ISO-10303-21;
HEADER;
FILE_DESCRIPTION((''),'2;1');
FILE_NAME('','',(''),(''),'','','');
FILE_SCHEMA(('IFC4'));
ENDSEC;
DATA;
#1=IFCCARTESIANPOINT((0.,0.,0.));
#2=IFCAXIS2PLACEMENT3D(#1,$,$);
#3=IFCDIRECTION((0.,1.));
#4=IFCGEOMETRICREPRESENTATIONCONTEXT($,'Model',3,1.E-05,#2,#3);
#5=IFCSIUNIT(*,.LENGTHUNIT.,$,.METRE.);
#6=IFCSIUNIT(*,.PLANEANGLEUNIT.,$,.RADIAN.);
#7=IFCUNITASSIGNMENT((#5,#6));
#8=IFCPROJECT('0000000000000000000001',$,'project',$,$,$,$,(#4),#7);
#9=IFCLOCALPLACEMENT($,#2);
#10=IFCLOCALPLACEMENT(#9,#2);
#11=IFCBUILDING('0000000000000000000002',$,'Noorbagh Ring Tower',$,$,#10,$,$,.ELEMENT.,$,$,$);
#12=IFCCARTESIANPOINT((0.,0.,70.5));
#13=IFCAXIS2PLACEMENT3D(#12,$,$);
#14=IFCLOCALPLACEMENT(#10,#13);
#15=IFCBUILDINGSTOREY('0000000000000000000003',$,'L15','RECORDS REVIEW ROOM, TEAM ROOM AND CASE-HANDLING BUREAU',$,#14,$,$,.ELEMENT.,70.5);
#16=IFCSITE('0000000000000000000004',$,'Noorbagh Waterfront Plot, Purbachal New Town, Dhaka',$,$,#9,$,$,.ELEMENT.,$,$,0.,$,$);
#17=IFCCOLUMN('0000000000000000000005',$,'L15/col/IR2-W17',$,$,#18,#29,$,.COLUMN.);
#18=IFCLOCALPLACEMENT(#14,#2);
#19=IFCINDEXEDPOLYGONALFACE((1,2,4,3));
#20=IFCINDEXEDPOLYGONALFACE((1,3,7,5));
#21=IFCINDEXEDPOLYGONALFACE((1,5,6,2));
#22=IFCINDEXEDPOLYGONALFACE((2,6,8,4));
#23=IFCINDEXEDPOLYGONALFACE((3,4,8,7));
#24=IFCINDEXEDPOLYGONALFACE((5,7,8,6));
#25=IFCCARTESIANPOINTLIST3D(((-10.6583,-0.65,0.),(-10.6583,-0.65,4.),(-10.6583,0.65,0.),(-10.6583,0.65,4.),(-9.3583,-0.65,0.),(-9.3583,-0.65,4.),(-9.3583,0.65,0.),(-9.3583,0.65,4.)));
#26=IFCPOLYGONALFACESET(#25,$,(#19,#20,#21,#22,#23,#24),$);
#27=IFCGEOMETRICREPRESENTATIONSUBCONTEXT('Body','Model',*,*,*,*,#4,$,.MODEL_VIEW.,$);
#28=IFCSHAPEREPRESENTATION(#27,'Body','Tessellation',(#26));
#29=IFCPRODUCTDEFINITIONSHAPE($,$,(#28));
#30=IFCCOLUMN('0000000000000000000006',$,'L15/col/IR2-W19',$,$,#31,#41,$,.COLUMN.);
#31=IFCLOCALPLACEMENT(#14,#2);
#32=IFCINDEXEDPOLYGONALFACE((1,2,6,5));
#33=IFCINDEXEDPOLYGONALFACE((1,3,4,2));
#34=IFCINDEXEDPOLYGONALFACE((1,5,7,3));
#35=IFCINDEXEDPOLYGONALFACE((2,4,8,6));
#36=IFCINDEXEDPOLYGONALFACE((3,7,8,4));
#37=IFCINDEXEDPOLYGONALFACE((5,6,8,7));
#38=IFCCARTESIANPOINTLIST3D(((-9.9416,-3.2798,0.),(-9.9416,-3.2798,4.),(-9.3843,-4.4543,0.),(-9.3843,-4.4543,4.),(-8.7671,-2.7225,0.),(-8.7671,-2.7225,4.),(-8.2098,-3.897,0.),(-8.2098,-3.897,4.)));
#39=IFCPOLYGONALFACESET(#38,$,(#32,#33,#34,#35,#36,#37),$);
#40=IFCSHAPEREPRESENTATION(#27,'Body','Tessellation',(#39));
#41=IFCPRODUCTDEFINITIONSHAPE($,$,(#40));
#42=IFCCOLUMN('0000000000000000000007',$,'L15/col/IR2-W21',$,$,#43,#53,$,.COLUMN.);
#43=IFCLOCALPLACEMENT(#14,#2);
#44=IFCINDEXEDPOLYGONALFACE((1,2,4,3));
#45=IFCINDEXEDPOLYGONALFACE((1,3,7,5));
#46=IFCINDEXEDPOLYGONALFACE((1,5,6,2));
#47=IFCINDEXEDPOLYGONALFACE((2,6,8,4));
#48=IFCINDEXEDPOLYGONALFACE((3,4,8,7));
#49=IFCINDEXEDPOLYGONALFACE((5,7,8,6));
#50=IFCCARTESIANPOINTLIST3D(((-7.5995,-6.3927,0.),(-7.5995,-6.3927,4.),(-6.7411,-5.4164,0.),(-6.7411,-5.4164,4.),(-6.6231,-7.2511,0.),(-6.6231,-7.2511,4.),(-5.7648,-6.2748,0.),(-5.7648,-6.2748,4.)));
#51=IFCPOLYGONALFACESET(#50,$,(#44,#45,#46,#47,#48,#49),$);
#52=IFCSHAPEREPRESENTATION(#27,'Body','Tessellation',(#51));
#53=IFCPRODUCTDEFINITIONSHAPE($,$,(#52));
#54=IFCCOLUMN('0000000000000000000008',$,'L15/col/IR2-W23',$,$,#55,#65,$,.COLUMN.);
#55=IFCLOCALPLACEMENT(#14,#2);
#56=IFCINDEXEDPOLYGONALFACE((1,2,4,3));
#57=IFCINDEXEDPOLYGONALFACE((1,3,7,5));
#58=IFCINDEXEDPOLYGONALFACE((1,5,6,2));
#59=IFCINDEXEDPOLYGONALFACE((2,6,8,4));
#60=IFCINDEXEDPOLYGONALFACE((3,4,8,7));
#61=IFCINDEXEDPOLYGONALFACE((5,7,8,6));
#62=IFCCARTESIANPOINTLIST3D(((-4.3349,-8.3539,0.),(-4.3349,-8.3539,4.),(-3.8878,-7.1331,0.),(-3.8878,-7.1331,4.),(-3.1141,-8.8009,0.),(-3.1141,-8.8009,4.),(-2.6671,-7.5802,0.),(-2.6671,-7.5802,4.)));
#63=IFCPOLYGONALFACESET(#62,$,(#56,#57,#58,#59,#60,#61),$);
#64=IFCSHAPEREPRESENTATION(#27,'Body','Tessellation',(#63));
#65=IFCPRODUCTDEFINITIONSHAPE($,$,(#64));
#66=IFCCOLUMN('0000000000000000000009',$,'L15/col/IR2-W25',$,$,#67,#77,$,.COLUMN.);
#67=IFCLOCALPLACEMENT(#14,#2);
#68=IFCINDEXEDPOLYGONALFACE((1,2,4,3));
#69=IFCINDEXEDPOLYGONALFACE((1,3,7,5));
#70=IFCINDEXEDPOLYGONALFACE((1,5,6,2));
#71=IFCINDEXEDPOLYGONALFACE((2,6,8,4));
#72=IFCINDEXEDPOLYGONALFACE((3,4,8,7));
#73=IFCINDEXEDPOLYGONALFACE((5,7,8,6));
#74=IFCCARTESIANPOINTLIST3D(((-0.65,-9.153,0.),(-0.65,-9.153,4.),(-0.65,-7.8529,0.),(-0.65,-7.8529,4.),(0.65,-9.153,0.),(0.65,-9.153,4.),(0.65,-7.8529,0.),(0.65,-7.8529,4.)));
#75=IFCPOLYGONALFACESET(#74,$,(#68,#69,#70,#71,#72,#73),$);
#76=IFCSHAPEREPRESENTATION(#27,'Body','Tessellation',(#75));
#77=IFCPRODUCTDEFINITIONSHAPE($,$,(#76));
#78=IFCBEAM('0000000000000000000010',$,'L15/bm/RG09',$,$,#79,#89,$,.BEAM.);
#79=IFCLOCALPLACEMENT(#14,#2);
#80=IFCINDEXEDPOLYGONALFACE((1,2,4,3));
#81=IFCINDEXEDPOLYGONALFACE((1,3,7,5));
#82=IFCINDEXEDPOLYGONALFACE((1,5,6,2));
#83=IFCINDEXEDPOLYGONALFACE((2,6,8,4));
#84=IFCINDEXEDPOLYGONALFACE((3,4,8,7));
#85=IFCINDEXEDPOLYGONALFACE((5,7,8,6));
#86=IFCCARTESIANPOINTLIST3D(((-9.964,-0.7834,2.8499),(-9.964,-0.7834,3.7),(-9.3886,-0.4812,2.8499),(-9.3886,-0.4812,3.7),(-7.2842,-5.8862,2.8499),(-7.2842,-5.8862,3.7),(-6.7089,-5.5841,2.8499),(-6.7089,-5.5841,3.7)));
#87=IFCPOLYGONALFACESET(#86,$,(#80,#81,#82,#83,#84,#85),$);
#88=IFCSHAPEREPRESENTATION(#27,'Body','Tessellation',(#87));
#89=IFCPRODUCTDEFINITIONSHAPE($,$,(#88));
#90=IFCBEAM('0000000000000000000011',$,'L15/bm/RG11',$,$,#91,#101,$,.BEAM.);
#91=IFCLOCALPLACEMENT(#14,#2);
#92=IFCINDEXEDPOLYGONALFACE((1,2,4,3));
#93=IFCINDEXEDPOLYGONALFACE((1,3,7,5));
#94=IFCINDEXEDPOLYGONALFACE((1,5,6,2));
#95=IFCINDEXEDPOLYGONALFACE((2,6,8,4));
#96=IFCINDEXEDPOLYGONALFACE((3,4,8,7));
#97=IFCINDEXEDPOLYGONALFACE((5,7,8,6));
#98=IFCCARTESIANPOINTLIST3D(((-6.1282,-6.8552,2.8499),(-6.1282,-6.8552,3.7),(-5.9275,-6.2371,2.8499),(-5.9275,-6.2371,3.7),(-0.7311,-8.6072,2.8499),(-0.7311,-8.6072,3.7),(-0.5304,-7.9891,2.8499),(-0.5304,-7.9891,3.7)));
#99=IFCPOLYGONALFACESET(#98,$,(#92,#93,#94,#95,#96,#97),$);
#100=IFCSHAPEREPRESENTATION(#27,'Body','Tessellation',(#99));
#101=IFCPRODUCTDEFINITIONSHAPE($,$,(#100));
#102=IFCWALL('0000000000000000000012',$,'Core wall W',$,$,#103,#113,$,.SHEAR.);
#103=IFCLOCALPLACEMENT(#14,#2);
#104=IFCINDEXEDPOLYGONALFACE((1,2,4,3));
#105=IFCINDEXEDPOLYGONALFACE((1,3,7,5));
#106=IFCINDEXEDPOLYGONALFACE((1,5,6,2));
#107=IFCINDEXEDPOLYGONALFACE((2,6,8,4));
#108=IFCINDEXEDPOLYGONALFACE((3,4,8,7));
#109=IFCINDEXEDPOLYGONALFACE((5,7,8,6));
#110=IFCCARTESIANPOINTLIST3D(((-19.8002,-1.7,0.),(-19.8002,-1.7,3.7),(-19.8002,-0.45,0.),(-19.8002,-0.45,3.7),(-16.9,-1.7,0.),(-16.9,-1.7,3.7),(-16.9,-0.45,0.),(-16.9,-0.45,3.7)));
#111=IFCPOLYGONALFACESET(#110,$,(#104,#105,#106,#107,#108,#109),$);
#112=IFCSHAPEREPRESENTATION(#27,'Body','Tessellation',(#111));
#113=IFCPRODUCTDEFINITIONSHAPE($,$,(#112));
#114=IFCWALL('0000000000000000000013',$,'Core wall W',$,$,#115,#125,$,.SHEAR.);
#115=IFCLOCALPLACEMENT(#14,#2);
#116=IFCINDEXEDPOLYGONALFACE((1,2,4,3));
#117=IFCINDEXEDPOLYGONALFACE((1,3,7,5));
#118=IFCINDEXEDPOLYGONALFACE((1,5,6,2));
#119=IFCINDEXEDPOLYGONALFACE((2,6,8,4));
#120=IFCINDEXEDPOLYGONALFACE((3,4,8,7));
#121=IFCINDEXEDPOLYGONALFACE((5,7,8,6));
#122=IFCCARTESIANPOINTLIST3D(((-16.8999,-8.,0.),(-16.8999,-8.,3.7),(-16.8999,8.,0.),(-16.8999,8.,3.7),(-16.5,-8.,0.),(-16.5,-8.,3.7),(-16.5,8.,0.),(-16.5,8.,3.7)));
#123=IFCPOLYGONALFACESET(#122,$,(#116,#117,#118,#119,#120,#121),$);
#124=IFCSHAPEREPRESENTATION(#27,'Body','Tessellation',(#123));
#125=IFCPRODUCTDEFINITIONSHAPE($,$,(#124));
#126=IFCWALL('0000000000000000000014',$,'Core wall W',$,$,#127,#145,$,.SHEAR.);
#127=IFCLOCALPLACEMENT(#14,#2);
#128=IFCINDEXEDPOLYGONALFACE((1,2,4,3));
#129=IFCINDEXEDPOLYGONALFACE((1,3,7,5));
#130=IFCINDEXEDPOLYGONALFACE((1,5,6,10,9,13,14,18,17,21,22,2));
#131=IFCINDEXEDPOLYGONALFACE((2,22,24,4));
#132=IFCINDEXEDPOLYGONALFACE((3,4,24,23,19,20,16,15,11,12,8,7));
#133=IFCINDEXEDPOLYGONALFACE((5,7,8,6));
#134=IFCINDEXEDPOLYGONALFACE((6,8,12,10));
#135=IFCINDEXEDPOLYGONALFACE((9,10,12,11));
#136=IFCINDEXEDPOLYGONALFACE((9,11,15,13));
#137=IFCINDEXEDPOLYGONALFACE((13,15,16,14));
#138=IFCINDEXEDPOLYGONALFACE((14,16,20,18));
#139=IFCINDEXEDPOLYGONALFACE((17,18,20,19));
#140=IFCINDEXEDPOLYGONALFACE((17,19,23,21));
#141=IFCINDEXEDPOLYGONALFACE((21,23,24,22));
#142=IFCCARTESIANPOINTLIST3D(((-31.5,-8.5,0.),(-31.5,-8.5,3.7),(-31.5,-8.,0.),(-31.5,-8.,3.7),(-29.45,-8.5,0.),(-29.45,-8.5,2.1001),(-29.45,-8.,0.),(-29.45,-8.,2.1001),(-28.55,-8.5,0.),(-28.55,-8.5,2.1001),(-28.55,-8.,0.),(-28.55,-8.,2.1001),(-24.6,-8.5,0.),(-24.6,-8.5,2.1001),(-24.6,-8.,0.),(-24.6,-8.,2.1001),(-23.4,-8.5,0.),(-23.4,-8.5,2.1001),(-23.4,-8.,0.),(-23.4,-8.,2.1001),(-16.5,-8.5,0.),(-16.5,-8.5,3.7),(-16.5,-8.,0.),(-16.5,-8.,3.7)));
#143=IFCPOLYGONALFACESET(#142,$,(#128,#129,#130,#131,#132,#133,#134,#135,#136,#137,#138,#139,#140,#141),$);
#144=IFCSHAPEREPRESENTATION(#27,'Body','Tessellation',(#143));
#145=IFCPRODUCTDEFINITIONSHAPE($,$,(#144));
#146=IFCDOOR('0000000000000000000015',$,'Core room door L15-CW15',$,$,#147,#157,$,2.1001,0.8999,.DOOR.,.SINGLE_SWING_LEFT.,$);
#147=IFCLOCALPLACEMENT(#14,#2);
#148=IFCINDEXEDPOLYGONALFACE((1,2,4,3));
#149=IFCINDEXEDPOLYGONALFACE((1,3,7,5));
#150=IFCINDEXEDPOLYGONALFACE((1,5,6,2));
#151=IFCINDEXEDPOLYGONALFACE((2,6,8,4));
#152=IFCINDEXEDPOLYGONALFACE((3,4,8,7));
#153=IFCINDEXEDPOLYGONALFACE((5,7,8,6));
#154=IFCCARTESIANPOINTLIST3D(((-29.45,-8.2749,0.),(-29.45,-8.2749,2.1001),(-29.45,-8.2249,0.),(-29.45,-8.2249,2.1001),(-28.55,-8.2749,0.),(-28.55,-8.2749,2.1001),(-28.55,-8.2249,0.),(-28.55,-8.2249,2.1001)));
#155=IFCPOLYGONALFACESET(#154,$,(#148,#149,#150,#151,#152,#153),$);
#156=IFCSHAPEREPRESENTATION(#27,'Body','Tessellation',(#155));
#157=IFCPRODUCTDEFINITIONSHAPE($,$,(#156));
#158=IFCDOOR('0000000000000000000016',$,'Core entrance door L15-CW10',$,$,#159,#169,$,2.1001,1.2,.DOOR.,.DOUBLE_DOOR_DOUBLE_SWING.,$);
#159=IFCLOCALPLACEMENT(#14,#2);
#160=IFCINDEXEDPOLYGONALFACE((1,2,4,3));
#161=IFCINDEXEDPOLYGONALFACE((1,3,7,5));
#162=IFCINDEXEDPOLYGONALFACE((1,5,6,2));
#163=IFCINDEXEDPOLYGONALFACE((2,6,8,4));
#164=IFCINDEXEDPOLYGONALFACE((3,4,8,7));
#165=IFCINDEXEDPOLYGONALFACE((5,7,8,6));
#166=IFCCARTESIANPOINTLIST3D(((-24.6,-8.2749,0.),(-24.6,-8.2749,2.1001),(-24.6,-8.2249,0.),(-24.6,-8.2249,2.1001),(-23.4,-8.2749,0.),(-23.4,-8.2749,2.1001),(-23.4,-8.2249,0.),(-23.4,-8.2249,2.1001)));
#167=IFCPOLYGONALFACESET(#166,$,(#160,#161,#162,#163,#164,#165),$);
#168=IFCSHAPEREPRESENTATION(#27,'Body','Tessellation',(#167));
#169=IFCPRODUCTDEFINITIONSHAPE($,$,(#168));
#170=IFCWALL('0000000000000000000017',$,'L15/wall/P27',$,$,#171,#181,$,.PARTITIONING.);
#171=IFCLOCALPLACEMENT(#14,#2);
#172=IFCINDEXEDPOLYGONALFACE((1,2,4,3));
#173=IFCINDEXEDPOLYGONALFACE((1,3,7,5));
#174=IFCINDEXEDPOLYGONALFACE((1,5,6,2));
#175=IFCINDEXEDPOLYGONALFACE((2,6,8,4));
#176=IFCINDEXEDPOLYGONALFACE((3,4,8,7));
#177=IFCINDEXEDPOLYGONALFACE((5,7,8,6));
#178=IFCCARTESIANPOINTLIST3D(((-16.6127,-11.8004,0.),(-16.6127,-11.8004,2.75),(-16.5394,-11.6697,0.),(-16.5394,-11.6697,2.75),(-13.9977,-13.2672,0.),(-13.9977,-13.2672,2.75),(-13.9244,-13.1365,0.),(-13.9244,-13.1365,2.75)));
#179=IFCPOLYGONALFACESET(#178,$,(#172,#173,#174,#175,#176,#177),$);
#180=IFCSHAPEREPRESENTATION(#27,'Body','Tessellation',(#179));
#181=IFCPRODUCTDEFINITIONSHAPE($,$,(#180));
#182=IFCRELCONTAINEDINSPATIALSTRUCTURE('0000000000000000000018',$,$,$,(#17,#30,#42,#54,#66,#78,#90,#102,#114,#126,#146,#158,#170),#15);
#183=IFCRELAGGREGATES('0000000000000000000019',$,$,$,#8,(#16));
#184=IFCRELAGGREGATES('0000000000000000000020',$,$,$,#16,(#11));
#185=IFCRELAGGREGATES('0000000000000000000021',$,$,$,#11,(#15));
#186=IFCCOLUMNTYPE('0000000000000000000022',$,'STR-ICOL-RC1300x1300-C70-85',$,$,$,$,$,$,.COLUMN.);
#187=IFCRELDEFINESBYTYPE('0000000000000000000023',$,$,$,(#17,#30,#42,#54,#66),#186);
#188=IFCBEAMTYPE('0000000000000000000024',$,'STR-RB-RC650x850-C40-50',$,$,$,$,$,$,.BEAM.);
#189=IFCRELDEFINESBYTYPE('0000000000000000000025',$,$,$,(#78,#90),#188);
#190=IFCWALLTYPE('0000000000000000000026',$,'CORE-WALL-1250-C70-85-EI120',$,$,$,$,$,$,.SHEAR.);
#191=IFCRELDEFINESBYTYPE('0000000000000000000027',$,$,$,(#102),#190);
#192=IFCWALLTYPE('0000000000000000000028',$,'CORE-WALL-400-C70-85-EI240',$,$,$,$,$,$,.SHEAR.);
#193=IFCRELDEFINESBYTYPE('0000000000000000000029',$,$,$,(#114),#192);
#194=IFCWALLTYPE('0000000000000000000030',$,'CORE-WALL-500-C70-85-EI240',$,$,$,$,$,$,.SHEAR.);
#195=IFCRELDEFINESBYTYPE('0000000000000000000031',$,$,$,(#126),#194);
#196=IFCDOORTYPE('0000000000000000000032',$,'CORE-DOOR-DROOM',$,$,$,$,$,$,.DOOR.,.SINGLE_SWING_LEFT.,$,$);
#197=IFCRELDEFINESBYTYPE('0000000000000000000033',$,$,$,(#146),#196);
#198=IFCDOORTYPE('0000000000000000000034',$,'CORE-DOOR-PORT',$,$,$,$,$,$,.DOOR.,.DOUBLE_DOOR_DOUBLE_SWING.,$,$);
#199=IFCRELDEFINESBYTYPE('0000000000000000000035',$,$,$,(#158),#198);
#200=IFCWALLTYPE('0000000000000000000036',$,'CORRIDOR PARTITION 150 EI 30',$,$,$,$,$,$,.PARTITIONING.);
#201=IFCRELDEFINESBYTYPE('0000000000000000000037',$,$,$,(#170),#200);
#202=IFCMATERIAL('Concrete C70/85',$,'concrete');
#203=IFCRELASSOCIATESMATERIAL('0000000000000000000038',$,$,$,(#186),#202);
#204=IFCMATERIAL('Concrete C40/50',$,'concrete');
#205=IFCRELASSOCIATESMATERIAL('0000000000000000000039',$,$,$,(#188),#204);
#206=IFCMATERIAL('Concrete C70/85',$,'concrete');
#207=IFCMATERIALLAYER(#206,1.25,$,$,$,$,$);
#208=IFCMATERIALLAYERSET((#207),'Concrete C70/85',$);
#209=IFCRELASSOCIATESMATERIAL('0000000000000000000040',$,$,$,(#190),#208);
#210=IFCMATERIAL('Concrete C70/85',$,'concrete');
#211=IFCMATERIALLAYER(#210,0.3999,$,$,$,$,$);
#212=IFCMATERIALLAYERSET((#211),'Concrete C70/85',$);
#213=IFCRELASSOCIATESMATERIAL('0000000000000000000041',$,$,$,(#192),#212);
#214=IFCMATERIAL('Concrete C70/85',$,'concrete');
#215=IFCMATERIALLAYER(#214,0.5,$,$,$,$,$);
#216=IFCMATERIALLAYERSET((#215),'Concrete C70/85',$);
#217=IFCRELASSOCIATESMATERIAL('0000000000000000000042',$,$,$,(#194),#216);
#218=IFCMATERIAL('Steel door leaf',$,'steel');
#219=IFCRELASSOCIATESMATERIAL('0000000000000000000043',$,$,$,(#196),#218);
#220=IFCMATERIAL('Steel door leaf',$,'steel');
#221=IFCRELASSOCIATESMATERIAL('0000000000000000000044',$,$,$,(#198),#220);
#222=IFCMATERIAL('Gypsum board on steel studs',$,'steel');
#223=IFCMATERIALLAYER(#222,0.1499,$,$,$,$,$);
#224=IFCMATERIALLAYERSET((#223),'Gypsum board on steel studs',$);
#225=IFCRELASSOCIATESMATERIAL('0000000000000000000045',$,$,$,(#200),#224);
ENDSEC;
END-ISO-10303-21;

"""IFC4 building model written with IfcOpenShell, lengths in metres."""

from ifc_helpers import new_model, si_unit, direction, frame, frame_2d, origin, origin_2d, place, context, subcontext, project, spatial, rectangle, extrude, material, layer, layer_set, material_profile, profile_set, type_object, element, fill, save


model = new_model("IFC4")

# Units and contexts
model_context = context("Model", 3, precision=1e-05, world=origin(), true_north=direction((0.0, 1.0)))
body_context = subcontext(model_context, "Body", "Model", "MODEL_VIEW")
ifc_project = project(units=[si_unit("LENGTHUNIT", "METRE"), si_unit("PLANEANGLEUNIT", "RADIAN")], contexts=[model_context])

# Site, building, storey
site_placement = place(None, origin())
site = spatial("IfcSite", under=ifc_project, at=site_placement, Name="Noorbagh Waterfront Plot, Purbachal New Town, Dhaka", CompositionType="ELEMENT", RefElevation=0.0)
building_placement = place(site_placement, origin())
building = spatial("IfcBuilding", under=site, at=building_placement, Name="Noorbagh Ring Tower", CompositionType="ELEMENT")
storey_placement = place(building_placement, frame((0.0, 0.0, 70.5)))
storey = spatial("IfcBuildingStorey", under=building, at=storey_placement, Name="L15", Description="RECORDS REVIEW ROOM, TEAM ROOM AND CASE-HANDLING BUREAU", CompositionType="ELEMENT", Elevation=70.5)

# Columns
ifc_material_1 = material(Name="Concrete C70/85", Category="concrete")
ifc_material_profile_1 = material_profile(ifc_material_1, rectangle(XDim=1.3, YDim=1.3, at=origin_2d()), Name="RC1300x1300")
ifc_profile_set_1 = profile_set([ifc_material_profile_1], Name="Concrete C70/85")
column_type = type_object("IfcColumnType", Name="STR-ICOL-RC1300x1300-C70-85", PredefinedType="COLUMN", material=ifc_profile_set_1)
for number, where, z_axis, x_axis, name in (
    (1, (-10.0083, 0.0, 0.0), (0.0, 0.0, 1.0), (0.0, -1.0, 0.0), "L15/col/IR2-W17"),
    (2, (-9.0757, -3.5884, 0.0), (0.0, 0.0, 1.0), (0.428667, -0.903463, 0.0), "L15/col/IR2-W19"),
    (3, (-6.6821, -6.3337, 0.0), (0.0, 0.0, 1.0), (0.751022, -0.660277, 0.0), "L15/col/IR2-W21"),
    (4, (-3.501, -7.967, 0.0), (0.0, 0.0, 1.0), (0.93902, -0.343864, 0.0), "L15/col/IR2-W23"),
    (5, (0.0, -8.5029, 0.0), (0.0, 0.0, 1.0), (1.0, 0.0, 0.0), "L15/col/IR2-W25"),
):
    element("IfcColumn", number, at=place(storey_placement, frame(where, z_axis=z_axis, x_axis=x_axis)), inside=storey, type_object=column_type, Name=name, PredefinedType="COLUMN", context=body_context, shape_type="SweptSolid", body=[
        extrude(rectangle(XDim=1.3, YDim=1.3, at=origin_2d()), origin(), (0.0, 0.0, 1.0), 4.0),
    ])

# Beams
ifc_material_2 = material(Name="Concrete C40/50", Category="concrete")
ifc_material_profile_2 = material_profile(ifc_material_2, rectangle(XDim=0.6499, YDim=0.8501, at=origin_2d()), Name="RC650x850")
ifc_profile_set_2 = profile_set([ifc_material_profile_2], Name="Concrete C40/50")
beam_type = type_object("IfcBeamType", Name="STR-RB-RC650x850-C40-50", PredefinedType="BEAM", material=ifc_profile_set_2)
beam_1_placement = place(storey_placement, frame((-9.6763, -0.6323, 3.2749), z_axis=(0.464933, -0.885346, 0.0), x_axis=(0.885346, 0.464933, 0.0)))
element("IfcBeam", 6, at=beam_1_placement, inside=storey, type_object=beam_type, Name="L15/bm/RG09", PredefinedType="BEAM", context=body_context, shape_type="SweptSolid", body=[
    extrude(rectangle(XDim=0.6499, YDim=0.8501, at=origin_2d()), origin(), (0.0, 0.0, 1.0), 5.7637),
])
beam_2_placement = place(storey_placement, frame((-6.0278, -6.5461, 3.2749), z_axis=(0.951141, -0.308757, 0.0), x_axis=(0.308757, 0.951141, 0.0)))
element("IfcBeam", 7, at=beam_2_placement, inside=storey, type_object=beam_type, Name="L15/bm/RG11", PredefinedType="BEAM", context=body_context, shape_type="SweptSolid", body=[
    extrude(rectangle(XDim=0.6499, YDim=0.8501, at=origin_2d()), origin(), (0.0, 0.0, 1.0), 5.6743),
])

# Walls
ifc_material_3 = material(Name="Concrete C70/85", Category="concrete")
ifc_layer_1 = layer(ifc_material_3, 1.25)
ifc_layer_set_1 = layer_set([ifc_layer_1], Name="Concrete C70/85")
wall_type_1 = type_object("IfcWallType", Name="CORE-WALL-1250-C70-85-EI120", PredefinedType="SHEAR", material=ifc_layer_set_1)
wall_1_placement = place(storey_placement, frame((-16.8999, -1.075, 0.0), z_axis=(0.0, 0.0, 1.0), x_axis=(-1.0, 0.0, 0.0)))
element("IfcWall", 8, at=wall_1_placement, inside=storey, type_object=wall_type_1, Name="Core wall W", PredefinedType="SHEAR", context=body_context, shape_type="SweptSolid", body=[
    extrude(rectangle(XDim=2.9001, YDim=1.25, at=frame_2d((1.4502, 0.0))), origin(), (0.0, 0.0, 1.0), 3.7),
])
ifc_material_4 = material(Name="Concrete C70/85", Category="concrete")
ifc_layer_2 = layer(ifc_material_4, 0.3999)
ifc_layer_set_2 = layer_set([ifc_layer_2], Name="Concrete C70/85")
wall_type_2 = type_object("IfcWallType", Name="CORE-WALL-400-C70-85-EI240", PredefinedType="SHEAR", material=ifc_layer_set_2)
wall_2_placement = place(storey_placement, frame((-16.7, -8.0, 0.0), z_axis=(0.0, 0.0, 1.0), x_axis=(0.0, 1.0, 0.0)))
element("IfcWall", 9, at=wall_2_placement, inside=storey, type_object=wall_type_2, Name="Core wall W", PredefinedType="SHEAR", context=body_context, shape_type="SweptSolid", body=[
    extrude(rectangle(XDim=16.0, YDim=0.3999, at=frame_2d((8.0, 0.0))), origin(), (0.0, 0.0, 1.0), 3.7),
])

# Wall, openings, doors
ifc_material_5 = material(Name="Concrete C70/85", Category="concrete")
ifc_layer_3 = layer(ifc_material_5, 0.5)
ifc_layer_set_3 = layer_set([ifc_layer_3], Name="Concrete C70/85")
wall_type_3 = type_object("IfcWallType", Name="CORE-WALL-500-C70-85-EI240", PredefinedType="SHEAR", material=ifc_layer_set_3)
wall_3_placement = place(storey_placement, frame((-16.5, -8.25, 0.0), z_axis=(0.0, 0.0, 1.0), x_axis=(-1.0, 0.0, 0.0)))
wall_3 = element("IfcWall", 10, at=wall_3_placement, inside=storey, type_object=wall_type_3, Name="Core wall W", PredefinedType="SHEAR", context=body_context, shape_type="SweptSolid", body=[
    extrude(rectangle(XDim=15.0, YDim=0.5, at=frame_2d((7.5, 0.0))), origin(), (0.0, 0.0, 1.0), 3.7),
])
opening_1_placement = place(wall_3_placement, frame((6.8999, 0.0, 0.0)))
opening_1 = element("IfcOpeningElement", 11, at=opening_1_placement, cuts=wall_3, PredefinedType="OPENING", context=body_context, shape_type="SweptSolid", body=[
    extrude(rectangle(XDim=1.2, YDim=2.1001, at=frame_2d((0.6001, 1.05))), frame((0.0, 0.26, 0.0), z_axis=(0.0, -1.0, 0.0), x_axis=(1.0, 0.0, 0.0)), (0.0, 0.0, 1.0), 0.52),
])
opening_2_placement = place(wall_3_placement, frame((12.05, 0.0, 0.0)))
opening_2 = element("IfcOpeningElement", 12, at=opening_2_placement, cuts=wall_3, PredefinedType="OPENING", context=body_context, shape_type="SweptSolid", body=[
    extrude(rectangle(XDim=0.8999, YDim=2.1001, at=frame_2d((0.45, 1.05))), frame((0.0, 0.26, 0.0), z_axis=(0.0, -1.0, 0.0), x_axis=(1.0, 0.0, 0.0)), (0.0, 0.0, 1.0), 0.52),
])
ifc_material_6 = material(Name="Steel door leaf", Category="steel")
door_type_1 = type_object("IfcDoorType", Name="CORE-DOOR-DROOM", OperationType="SINGLE_SWING_LEFT", PredefinedType="DOOR", material=ifc_material_6)
door_1_placement = place(opening_2_placement, origin())
door_1 = element("IfcDoor", 13, at=door_1_placement, inside=storey, type_object=door_type_1, Name="Core room door L15-CW15", OperationType="SINGLE_SWING_LEFT", OverallHeight=2.1001, OverallWidth=0.8999, PredefinedType="DOOR", context=body_context, shape_type="SweptSolid", body=[
    extrude(rectangle(XDim=0.8999, YDim=2.1001, at=frame_2d((0.45, 1.05))), frame((0.0, 0.0249, 0.0), z_axis=(0.0, -1.0, 0.0), x_axis=(1.0, 0.0, 0.0)), (0.0, 0.0, 1.0), 0.05),
])
fill(opening_2, door_1)
ifc_material_7 = material(Name="Steel door leaf", Category="steel")
door_type_2 = type_object("IfcDoorType", Name="CORE-DOOR-PORT", OperationType="DOUBLE_DOOR_DOUBLE_SWING", PredefinedType="DOOR", material=ifc_material_7)
door_2_placement = place(opening_1_placement, origin())
door_2 = element("IfcDoor", 14, at=door_2_placement, inside=storey, type_object=door_type_2, Name="Core entrance door L15-CW10", OperationType="DOUBLE_DOOR_DOUBLE_SWING", OverallHeight=2.1001, OverallWidth=1.2, PredefinedType="DOOR", context=body_context, shape_type="SweptSolid", body=[
    extrude(rectangle(XDim=1.2, YDim=2.1001, at=frame_2d((0.6001, 1.05))), frame((0.0, 0.0249, 0.0), z_axis=(0.0, -1.0, 0.0), x_axis=(1.0, 0.0, 0.0)), (0.0, 0.0, 1.0), 0.05),
])
fill(opening_1, door_2)

# Wall
ifc_material_8 = material(Name="Gypsum board on steel studs", Category="steel")
ifc_layer_4 = layer(ifc_material_8, 0.1499)
ifc_layer_set_4 = layer_set([ifc_layer_4], Name="Gypsum board on steel studs")
wall_type_4 = type_object("IfcWallType", Name="CORRIDOR PARTITION 150 EI 30", PredefinedType="PARTITIONING", material=ifc_layer_set_4)
wall_4_placement = place(storey_placement, frame((-16.5759, -11.7351, 0.0), z_axis=(0.0, 0.0, 1.0), x_axis=(0.872164, -0.489213, 0.0)))
element("IfcWall", 15, at=wall_4_placement, inside=storey, type_object=wall_type_4, Name="L15/wall/P27", PredefinedType="PARTITIONING", context=body_context, shape_type="SweptSolid", body=[
    extrude(rectangle(XDim=2.9983, YDim=0.1499, at=frame_2d((1.499, 0.0))), origin(), (0.0, 0.0, 1.0), 2.75),
])

save(model, "model.ifc")
